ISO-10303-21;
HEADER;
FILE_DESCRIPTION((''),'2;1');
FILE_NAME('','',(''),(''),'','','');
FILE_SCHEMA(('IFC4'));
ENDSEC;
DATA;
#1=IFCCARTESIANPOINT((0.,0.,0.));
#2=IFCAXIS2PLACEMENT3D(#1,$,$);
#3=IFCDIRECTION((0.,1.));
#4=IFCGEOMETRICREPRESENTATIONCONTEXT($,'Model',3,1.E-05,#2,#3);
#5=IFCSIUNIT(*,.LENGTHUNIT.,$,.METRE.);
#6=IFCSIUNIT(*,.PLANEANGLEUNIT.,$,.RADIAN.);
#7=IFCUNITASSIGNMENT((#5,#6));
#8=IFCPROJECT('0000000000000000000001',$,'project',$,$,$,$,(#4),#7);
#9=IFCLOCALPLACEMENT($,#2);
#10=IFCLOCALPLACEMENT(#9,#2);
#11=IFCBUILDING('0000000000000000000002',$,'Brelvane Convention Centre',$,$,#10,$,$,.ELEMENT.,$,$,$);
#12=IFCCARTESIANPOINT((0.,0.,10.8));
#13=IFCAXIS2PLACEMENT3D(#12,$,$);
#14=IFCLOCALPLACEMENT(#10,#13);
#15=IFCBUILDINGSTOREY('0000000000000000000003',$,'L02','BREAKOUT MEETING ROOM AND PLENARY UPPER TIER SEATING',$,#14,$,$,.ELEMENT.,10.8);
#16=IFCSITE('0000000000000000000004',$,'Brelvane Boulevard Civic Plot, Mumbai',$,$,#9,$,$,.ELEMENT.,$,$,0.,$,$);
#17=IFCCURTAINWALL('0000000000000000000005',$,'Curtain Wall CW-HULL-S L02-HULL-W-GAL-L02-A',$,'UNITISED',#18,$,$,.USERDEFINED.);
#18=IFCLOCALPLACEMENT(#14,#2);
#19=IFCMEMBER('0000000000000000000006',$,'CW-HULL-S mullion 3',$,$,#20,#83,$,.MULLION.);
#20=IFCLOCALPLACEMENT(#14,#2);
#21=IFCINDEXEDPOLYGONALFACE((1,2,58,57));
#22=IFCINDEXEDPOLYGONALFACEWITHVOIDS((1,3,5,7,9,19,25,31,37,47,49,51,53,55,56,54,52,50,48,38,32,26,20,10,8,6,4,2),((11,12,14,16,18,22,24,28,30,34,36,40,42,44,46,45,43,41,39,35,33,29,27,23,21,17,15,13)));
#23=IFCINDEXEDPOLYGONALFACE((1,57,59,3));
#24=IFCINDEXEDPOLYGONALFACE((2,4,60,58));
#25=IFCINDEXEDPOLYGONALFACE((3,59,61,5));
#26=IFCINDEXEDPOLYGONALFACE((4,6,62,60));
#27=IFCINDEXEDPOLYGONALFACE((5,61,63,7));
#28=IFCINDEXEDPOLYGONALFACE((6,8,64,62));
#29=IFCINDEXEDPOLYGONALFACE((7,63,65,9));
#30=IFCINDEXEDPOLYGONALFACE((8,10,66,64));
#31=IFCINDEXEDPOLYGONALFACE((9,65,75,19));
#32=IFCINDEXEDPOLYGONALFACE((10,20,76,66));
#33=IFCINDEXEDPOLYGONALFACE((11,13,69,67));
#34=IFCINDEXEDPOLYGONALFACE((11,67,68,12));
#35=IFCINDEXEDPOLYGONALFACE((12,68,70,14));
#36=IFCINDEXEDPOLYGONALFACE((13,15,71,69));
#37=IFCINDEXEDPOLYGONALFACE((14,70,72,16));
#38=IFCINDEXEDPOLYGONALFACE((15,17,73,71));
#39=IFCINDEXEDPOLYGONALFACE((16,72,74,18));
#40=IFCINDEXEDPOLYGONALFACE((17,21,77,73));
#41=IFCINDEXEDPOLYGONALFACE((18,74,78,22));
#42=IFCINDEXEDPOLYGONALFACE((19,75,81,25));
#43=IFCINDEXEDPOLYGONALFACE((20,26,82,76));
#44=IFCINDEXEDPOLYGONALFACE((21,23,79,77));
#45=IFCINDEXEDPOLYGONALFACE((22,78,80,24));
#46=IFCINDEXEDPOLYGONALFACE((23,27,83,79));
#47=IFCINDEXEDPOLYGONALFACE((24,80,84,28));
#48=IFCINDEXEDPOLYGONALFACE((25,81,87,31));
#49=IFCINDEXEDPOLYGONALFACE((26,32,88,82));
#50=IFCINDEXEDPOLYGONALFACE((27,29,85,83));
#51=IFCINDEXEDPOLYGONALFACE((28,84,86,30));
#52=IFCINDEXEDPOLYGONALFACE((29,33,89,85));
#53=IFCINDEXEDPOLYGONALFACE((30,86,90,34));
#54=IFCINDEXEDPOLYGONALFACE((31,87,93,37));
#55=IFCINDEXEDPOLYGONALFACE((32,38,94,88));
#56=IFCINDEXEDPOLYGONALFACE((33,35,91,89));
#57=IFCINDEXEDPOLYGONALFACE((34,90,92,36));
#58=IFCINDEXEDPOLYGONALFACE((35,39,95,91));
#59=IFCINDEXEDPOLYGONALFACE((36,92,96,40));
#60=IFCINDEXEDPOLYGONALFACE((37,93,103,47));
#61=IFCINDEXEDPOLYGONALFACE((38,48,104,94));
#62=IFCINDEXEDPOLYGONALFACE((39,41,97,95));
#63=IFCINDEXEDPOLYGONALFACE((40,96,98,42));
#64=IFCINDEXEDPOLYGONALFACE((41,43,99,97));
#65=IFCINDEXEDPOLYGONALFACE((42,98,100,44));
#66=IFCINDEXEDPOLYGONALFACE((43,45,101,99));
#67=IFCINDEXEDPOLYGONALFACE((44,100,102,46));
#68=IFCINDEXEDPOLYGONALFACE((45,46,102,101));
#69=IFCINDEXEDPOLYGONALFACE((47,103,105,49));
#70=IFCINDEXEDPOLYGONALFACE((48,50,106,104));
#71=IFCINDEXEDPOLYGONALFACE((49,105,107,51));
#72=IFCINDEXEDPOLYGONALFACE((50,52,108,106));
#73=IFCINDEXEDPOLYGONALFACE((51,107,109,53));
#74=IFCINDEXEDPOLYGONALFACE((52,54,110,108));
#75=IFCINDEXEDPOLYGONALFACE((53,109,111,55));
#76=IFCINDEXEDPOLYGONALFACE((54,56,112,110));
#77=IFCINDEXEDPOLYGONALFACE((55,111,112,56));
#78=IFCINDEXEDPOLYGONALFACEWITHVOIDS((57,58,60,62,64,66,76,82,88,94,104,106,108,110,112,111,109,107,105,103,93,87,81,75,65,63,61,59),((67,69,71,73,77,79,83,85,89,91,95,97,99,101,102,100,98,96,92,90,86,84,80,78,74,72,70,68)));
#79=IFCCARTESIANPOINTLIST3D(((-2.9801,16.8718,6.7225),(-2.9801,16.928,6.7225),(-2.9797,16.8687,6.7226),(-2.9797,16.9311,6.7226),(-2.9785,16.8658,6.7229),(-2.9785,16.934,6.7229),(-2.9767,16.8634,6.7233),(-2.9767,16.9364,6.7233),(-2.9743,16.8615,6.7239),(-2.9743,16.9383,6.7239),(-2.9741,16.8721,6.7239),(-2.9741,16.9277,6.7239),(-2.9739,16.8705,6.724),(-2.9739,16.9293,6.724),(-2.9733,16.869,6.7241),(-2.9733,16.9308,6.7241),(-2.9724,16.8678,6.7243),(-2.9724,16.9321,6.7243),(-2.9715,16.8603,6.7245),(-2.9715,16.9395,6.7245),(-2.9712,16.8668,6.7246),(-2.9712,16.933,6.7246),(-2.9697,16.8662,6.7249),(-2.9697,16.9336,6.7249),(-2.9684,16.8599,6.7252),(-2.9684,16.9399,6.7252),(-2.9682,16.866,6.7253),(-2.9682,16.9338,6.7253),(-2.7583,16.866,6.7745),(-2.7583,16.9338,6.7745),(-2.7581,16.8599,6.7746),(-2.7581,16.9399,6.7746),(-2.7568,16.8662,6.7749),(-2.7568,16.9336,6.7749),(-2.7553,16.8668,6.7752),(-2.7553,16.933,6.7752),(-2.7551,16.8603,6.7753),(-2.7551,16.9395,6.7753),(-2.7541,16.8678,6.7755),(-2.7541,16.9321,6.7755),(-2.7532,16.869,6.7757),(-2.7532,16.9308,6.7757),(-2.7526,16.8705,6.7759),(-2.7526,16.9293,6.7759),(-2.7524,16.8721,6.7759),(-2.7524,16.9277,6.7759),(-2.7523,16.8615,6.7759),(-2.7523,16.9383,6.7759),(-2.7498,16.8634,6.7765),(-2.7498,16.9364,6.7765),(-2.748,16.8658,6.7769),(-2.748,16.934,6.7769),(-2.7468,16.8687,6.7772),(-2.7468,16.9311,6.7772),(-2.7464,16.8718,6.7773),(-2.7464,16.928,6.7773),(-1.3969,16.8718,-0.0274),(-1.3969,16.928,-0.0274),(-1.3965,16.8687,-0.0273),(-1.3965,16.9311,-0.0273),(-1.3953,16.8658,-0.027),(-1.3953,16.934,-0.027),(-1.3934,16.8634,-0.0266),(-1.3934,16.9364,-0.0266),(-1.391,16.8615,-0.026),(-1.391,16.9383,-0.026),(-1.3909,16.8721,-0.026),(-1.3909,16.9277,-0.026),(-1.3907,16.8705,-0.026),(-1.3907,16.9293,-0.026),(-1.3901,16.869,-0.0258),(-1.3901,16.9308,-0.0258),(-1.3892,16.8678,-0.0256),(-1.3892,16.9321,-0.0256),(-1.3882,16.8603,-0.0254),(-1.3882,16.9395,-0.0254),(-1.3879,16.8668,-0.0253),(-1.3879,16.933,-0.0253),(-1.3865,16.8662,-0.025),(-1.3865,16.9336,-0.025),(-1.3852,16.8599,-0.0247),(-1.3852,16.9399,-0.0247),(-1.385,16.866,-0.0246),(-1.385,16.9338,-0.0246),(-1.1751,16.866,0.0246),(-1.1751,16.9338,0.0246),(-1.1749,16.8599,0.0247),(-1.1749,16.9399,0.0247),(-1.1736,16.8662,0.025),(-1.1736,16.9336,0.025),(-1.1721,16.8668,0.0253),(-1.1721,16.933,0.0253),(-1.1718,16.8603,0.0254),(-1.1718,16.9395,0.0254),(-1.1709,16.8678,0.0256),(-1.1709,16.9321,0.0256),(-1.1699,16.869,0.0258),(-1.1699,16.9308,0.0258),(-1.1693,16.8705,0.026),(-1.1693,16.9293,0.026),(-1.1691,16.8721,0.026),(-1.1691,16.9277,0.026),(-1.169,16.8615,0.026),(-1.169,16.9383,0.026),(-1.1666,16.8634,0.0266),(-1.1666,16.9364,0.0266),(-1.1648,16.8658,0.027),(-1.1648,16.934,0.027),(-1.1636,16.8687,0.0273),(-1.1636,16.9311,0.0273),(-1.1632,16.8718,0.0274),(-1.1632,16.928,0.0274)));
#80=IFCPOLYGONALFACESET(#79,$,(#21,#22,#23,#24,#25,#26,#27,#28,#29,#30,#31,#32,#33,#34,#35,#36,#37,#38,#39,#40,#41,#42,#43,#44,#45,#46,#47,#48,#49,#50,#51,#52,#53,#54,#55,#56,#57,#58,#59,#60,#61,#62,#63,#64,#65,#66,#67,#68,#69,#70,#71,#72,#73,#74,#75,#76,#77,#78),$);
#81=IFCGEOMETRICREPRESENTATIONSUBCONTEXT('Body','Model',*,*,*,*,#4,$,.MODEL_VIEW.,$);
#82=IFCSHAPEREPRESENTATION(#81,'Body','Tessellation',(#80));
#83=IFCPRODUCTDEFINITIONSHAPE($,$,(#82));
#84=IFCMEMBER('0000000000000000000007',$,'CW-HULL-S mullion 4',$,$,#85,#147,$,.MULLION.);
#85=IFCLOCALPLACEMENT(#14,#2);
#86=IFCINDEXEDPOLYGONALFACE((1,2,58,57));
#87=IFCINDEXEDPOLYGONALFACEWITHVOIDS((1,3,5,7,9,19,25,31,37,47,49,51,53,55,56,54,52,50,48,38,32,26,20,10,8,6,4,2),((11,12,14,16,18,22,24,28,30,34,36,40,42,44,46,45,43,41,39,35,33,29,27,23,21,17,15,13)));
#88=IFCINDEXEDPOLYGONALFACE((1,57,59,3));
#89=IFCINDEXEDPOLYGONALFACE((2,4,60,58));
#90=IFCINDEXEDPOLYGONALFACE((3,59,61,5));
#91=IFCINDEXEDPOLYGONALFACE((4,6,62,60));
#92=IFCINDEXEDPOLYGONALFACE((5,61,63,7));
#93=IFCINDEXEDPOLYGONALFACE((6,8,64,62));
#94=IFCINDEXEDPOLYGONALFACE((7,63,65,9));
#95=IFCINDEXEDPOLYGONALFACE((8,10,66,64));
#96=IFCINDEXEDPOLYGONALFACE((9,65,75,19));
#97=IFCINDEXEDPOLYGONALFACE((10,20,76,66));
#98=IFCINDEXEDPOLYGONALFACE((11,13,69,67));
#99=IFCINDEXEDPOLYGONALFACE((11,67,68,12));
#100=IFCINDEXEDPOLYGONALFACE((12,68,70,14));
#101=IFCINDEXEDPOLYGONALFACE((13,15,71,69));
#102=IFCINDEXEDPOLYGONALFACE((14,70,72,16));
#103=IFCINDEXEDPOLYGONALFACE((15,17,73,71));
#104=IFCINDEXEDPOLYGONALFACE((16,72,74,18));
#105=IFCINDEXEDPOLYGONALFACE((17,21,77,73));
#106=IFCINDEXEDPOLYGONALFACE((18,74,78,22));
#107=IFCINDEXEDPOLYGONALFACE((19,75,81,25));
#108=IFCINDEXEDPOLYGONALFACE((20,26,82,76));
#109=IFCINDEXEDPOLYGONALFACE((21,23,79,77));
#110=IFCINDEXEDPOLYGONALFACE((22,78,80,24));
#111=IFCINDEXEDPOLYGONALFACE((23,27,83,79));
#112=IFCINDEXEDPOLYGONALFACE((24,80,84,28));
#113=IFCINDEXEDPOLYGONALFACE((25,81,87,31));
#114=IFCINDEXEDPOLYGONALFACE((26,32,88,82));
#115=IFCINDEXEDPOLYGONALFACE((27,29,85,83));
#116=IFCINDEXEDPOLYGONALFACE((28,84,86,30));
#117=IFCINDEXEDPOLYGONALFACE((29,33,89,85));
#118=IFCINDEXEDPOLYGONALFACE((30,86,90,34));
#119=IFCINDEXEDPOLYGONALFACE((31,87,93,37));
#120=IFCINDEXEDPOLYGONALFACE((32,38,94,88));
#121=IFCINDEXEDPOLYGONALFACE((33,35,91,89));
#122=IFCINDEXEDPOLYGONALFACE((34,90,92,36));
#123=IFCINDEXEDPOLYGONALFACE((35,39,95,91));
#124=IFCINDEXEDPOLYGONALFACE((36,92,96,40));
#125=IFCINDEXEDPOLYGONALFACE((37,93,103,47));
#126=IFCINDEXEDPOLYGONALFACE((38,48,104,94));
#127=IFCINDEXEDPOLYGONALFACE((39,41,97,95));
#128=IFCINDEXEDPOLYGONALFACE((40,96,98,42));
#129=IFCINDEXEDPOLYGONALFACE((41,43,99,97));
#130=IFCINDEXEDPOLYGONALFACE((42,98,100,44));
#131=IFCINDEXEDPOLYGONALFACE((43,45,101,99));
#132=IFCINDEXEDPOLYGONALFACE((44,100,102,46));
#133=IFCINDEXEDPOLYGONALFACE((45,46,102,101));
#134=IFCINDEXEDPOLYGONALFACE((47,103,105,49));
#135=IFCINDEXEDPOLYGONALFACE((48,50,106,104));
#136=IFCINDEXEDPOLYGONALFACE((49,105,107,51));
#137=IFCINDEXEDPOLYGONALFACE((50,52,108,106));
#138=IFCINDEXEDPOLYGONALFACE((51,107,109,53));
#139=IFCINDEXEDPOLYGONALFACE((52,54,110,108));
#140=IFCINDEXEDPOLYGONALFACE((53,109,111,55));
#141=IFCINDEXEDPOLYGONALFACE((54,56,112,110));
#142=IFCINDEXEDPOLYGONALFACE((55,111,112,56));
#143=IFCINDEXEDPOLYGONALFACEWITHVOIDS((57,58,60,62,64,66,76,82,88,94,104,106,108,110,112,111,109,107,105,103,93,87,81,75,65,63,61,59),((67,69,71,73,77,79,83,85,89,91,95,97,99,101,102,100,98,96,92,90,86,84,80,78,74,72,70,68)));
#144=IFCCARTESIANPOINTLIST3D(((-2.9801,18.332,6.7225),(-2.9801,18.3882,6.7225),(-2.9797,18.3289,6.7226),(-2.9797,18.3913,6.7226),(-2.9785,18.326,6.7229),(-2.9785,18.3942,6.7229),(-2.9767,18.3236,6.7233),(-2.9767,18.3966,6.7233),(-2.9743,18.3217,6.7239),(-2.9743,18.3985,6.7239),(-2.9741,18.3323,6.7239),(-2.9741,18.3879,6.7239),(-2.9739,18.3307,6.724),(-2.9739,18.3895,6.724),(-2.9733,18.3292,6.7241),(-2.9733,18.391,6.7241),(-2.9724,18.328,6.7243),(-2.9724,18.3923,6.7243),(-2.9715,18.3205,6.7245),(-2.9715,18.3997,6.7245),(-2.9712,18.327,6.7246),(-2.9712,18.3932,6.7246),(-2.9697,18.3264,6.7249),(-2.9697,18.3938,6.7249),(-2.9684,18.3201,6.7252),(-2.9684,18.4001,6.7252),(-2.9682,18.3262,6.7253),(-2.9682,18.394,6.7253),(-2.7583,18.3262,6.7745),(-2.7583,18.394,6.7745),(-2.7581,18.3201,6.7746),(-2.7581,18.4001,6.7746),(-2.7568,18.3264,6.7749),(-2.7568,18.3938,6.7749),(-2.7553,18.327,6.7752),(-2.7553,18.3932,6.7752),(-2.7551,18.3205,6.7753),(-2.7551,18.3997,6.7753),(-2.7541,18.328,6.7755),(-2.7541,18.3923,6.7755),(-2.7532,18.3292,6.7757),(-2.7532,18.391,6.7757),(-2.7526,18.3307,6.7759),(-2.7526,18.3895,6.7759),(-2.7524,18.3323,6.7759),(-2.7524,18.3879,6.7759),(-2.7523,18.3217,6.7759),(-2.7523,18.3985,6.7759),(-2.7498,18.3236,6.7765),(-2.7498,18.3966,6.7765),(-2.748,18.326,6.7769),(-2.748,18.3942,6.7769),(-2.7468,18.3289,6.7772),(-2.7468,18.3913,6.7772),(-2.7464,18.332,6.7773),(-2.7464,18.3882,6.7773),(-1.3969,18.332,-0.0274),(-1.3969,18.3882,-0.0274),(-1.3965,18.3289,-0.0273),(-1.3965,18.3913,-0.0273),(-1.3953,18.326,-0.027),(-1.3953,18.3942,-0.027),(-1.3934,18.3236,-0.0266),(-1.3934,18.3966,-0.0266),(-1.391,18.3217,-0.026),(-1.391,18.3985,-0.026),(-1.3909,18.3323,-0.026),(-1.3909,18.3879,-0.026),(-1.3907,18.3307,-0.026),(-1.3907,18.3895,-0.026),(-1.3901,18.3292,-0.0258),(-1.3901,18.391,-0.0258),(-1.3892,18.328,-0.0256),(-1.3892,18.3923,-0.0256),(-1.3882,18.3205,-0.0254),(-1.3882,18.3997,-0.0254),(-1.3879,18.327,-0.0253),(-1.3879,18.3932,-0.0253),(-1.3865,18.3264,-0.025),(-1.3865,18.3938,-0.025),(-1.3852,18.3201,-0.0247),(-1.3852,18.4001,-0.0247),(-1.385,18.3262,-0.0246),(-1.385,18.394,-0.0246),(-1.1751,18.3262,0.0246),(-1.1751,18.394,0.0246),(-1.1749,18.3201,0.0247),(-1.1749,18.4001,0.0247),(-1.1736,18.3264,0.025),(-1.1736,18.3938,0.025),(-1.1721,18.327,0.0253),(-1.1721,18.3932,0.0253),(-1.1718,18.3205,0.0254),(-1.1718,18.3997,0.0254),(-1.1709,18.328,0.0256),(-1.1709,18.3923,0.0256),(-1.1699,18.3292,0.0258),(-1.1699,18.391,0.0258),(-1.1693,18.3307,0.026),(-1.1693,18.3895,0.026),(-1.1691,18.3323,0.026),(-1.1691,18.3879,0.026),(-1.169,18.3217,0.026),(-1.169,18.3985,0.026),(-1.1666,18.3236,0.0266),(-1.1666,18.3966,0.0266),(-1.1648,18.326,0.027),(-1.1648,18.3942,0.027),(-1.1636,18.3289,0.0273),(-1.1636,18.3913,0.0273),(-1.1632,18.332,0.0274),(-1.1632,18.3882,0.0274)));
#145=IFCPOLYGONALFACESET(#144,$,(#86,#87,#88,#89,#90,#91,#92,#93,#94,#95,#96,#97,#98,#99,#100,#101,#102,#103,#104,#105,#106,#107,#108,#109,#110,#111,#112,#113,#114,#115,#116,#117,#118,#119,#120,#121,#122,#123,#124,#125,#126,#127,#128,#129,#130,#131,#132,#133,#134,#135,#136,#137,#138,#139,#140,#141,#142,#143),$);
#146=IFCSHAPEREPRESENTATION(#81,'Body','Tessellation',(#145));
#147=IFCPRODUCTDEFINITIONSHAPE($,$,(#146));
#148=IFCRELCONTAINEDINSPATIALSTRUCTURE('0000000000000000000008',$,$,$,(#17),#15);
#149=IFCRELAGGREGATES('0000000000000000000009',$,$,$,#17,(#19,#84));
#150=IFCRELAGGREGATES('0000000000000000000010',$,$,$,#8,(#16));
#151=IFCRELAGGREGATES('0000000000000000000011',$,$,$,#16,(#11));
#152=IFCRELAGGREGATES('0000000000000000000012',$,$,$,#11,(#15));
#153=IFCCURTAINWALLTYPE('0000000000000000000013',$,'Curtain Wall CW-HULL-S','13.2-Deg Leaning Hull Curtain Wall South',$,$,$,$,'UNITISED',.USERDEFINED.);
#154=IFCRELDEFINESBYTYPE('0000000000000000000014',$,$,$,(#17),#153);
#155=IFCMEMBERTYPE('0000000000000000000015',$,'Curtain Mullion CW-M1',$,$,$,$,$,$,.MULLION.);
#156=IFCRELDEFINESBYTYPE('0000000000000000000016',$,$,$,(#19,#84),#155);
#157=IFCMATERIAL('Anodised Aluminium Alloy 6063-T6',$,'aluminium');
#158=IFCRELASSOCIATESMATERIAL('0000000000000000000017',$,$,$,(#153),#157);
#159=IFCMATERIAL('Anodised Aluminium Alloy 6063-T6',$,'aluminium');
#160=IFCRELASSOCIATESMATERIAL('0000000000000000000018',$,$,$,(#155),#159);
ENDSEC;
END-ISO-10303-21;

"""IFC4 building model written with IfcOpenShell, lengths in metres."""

from ifc_helpers import new_model, si_unit, direction, frame, origin, origin_2d, place, context, subcontext, project, spatial, hollow_rectangle, extrude, material, material_profile, profile_set, type_object, element, aggregate, save


model = new_model("IFC4")

# Units and contexts
model_context = context("Model", 3, precision=1e-05, world=origin(), true_north=direction((0.0, 1.0)))
body_context = subcontext(model_context, "Body", "Model", "MODEL_VIEW")
ifc_project = project(units=[si_unit("LENGTHUNIT", "METRE"), si_unit("PLANEANGLEUNIT", "RADIAN")], contexts=[model_context])

# Site, building, storey
site_placement = place(None, origin())
site = spatial("IfcSite", under=ifc_project, at=site_placement, Name="Brelvane Boulevard Civic Plot, Mumbai", CompositionType="ELEMENT", RefElevation=0.0)
building_placement = place(site_placement, origin())
building = spatial("IfcBuilding", under=site, at=building_placement, Name="Brelvane Convention Centre", CompositionType="ELEMENT")
storey_placement = place(building_placement, frame((0.0, 0.0, 10.8)))
storey = spatial("IfcBuildingStorey", under=building, at=storey_placement, Name="L02", Description="BREAKOUT MEETING ROOM AND PLENARY UPPER TIER SEATING", CompositionType="ELEMENT", Elevation=10.8)

# Curtain wall, members
ifc_material_1 = material(Name="Anodised Aluminium Alloy 6063-T6", Category="aluminium")
curtain_wall_type = type_object("IfcCurtainWallType", Name="Curtain Wall CW-HULL-S", Description="13.2-Deg Leaning Hull Curtain Wall South", ElementType="UNITISED", PredefinedType="USERDEFINED", material=ifc_material_1)
curtain_wall_1_placement = place(storey_placement, origin())
curtain_wall_1 = element("IfcCurtainWall", 1, at=curtain_wall_1_placement, inside=storey, type_object=curtain_wall_type, Name="Curtain Wall CW-HULL-S L02-HULL-W-GAL-L02-A", ObjectType="UNITISED", PredefinedType="USERDEFINED")
ifc_material_2 = material(Name="Anodised Aluminium Alloy 6063-T6", Category="aluminium")
ifc_material_profile_1 = material_profile(ifc_material_2, hollow_rectangle(XDim=0.0801, YDim=0.24, WallThickness=0.0061, InnerFilletRadius=0.0061, OuterFilletRadius=0.012, at=origin_2d()), Name="ALU-M 240x80x6.0")
ifc_profile_set_1 = profile_set([ifc_material_profile_1], Name="Anodised Aluminium Alloy 6063-T6")
member_type_1 = type_object("IfcMemberType", Name="Curtain Mullion CW-M1", PredefinedType="MULLION", material=ifc_profile_set_1)
member_1_placement = place(storey_placement, frame((-1.28, 16.8999, 0.0), z_axis=(-0.228358, 0.0, 0.973577), x_axis=(0.0, -1.0, 0.0)))
member_1 = element("IfcMember", 2, at=member_1_placement, type_object=member_type_1, Name="CW-HULL-S mullion 3", PredefinedType="MULLION", context=body_context, shape_type="SweptSolid", body=[
    extrude(hollow_rectangle(XDim=0.0801, YDim=0.24, WallThickness=0.0061, InnerFilletRadius=0.0061, OuterFilletRadius=0.012, at=origin_2d()), origin(), (0.0, 0.0, 1.0), 6.9331),
])
member_2_placement = place(storey_placement, frame((-1.28, 18.3601, 0.0), z_axis=(-0.228358, 0.0, 0.973577), x_axis=(0.0, -1.0, 0.0)))
member_2 = element("IfcMember", 3, at=member_2_placement, type_object=member_type_1, Name="CW-HULL-S mullion 4", PredefinedType="MULLION", context=body_context, shape_type="SweptSolid", body=[
    extrude(hollow_rectangle(XDim=0.0801, YDim=0.24, WallThickness=0.0061, InnerFilletRadius=0.0061, OuterFilletRadius=0.012, at=origin_2d()), origin(), (0.0, 0.0, 1.0), 6.9331),
])

aggregate(curtain_wall_1, [member_1, member_2])

save(model, "model.ifc")
